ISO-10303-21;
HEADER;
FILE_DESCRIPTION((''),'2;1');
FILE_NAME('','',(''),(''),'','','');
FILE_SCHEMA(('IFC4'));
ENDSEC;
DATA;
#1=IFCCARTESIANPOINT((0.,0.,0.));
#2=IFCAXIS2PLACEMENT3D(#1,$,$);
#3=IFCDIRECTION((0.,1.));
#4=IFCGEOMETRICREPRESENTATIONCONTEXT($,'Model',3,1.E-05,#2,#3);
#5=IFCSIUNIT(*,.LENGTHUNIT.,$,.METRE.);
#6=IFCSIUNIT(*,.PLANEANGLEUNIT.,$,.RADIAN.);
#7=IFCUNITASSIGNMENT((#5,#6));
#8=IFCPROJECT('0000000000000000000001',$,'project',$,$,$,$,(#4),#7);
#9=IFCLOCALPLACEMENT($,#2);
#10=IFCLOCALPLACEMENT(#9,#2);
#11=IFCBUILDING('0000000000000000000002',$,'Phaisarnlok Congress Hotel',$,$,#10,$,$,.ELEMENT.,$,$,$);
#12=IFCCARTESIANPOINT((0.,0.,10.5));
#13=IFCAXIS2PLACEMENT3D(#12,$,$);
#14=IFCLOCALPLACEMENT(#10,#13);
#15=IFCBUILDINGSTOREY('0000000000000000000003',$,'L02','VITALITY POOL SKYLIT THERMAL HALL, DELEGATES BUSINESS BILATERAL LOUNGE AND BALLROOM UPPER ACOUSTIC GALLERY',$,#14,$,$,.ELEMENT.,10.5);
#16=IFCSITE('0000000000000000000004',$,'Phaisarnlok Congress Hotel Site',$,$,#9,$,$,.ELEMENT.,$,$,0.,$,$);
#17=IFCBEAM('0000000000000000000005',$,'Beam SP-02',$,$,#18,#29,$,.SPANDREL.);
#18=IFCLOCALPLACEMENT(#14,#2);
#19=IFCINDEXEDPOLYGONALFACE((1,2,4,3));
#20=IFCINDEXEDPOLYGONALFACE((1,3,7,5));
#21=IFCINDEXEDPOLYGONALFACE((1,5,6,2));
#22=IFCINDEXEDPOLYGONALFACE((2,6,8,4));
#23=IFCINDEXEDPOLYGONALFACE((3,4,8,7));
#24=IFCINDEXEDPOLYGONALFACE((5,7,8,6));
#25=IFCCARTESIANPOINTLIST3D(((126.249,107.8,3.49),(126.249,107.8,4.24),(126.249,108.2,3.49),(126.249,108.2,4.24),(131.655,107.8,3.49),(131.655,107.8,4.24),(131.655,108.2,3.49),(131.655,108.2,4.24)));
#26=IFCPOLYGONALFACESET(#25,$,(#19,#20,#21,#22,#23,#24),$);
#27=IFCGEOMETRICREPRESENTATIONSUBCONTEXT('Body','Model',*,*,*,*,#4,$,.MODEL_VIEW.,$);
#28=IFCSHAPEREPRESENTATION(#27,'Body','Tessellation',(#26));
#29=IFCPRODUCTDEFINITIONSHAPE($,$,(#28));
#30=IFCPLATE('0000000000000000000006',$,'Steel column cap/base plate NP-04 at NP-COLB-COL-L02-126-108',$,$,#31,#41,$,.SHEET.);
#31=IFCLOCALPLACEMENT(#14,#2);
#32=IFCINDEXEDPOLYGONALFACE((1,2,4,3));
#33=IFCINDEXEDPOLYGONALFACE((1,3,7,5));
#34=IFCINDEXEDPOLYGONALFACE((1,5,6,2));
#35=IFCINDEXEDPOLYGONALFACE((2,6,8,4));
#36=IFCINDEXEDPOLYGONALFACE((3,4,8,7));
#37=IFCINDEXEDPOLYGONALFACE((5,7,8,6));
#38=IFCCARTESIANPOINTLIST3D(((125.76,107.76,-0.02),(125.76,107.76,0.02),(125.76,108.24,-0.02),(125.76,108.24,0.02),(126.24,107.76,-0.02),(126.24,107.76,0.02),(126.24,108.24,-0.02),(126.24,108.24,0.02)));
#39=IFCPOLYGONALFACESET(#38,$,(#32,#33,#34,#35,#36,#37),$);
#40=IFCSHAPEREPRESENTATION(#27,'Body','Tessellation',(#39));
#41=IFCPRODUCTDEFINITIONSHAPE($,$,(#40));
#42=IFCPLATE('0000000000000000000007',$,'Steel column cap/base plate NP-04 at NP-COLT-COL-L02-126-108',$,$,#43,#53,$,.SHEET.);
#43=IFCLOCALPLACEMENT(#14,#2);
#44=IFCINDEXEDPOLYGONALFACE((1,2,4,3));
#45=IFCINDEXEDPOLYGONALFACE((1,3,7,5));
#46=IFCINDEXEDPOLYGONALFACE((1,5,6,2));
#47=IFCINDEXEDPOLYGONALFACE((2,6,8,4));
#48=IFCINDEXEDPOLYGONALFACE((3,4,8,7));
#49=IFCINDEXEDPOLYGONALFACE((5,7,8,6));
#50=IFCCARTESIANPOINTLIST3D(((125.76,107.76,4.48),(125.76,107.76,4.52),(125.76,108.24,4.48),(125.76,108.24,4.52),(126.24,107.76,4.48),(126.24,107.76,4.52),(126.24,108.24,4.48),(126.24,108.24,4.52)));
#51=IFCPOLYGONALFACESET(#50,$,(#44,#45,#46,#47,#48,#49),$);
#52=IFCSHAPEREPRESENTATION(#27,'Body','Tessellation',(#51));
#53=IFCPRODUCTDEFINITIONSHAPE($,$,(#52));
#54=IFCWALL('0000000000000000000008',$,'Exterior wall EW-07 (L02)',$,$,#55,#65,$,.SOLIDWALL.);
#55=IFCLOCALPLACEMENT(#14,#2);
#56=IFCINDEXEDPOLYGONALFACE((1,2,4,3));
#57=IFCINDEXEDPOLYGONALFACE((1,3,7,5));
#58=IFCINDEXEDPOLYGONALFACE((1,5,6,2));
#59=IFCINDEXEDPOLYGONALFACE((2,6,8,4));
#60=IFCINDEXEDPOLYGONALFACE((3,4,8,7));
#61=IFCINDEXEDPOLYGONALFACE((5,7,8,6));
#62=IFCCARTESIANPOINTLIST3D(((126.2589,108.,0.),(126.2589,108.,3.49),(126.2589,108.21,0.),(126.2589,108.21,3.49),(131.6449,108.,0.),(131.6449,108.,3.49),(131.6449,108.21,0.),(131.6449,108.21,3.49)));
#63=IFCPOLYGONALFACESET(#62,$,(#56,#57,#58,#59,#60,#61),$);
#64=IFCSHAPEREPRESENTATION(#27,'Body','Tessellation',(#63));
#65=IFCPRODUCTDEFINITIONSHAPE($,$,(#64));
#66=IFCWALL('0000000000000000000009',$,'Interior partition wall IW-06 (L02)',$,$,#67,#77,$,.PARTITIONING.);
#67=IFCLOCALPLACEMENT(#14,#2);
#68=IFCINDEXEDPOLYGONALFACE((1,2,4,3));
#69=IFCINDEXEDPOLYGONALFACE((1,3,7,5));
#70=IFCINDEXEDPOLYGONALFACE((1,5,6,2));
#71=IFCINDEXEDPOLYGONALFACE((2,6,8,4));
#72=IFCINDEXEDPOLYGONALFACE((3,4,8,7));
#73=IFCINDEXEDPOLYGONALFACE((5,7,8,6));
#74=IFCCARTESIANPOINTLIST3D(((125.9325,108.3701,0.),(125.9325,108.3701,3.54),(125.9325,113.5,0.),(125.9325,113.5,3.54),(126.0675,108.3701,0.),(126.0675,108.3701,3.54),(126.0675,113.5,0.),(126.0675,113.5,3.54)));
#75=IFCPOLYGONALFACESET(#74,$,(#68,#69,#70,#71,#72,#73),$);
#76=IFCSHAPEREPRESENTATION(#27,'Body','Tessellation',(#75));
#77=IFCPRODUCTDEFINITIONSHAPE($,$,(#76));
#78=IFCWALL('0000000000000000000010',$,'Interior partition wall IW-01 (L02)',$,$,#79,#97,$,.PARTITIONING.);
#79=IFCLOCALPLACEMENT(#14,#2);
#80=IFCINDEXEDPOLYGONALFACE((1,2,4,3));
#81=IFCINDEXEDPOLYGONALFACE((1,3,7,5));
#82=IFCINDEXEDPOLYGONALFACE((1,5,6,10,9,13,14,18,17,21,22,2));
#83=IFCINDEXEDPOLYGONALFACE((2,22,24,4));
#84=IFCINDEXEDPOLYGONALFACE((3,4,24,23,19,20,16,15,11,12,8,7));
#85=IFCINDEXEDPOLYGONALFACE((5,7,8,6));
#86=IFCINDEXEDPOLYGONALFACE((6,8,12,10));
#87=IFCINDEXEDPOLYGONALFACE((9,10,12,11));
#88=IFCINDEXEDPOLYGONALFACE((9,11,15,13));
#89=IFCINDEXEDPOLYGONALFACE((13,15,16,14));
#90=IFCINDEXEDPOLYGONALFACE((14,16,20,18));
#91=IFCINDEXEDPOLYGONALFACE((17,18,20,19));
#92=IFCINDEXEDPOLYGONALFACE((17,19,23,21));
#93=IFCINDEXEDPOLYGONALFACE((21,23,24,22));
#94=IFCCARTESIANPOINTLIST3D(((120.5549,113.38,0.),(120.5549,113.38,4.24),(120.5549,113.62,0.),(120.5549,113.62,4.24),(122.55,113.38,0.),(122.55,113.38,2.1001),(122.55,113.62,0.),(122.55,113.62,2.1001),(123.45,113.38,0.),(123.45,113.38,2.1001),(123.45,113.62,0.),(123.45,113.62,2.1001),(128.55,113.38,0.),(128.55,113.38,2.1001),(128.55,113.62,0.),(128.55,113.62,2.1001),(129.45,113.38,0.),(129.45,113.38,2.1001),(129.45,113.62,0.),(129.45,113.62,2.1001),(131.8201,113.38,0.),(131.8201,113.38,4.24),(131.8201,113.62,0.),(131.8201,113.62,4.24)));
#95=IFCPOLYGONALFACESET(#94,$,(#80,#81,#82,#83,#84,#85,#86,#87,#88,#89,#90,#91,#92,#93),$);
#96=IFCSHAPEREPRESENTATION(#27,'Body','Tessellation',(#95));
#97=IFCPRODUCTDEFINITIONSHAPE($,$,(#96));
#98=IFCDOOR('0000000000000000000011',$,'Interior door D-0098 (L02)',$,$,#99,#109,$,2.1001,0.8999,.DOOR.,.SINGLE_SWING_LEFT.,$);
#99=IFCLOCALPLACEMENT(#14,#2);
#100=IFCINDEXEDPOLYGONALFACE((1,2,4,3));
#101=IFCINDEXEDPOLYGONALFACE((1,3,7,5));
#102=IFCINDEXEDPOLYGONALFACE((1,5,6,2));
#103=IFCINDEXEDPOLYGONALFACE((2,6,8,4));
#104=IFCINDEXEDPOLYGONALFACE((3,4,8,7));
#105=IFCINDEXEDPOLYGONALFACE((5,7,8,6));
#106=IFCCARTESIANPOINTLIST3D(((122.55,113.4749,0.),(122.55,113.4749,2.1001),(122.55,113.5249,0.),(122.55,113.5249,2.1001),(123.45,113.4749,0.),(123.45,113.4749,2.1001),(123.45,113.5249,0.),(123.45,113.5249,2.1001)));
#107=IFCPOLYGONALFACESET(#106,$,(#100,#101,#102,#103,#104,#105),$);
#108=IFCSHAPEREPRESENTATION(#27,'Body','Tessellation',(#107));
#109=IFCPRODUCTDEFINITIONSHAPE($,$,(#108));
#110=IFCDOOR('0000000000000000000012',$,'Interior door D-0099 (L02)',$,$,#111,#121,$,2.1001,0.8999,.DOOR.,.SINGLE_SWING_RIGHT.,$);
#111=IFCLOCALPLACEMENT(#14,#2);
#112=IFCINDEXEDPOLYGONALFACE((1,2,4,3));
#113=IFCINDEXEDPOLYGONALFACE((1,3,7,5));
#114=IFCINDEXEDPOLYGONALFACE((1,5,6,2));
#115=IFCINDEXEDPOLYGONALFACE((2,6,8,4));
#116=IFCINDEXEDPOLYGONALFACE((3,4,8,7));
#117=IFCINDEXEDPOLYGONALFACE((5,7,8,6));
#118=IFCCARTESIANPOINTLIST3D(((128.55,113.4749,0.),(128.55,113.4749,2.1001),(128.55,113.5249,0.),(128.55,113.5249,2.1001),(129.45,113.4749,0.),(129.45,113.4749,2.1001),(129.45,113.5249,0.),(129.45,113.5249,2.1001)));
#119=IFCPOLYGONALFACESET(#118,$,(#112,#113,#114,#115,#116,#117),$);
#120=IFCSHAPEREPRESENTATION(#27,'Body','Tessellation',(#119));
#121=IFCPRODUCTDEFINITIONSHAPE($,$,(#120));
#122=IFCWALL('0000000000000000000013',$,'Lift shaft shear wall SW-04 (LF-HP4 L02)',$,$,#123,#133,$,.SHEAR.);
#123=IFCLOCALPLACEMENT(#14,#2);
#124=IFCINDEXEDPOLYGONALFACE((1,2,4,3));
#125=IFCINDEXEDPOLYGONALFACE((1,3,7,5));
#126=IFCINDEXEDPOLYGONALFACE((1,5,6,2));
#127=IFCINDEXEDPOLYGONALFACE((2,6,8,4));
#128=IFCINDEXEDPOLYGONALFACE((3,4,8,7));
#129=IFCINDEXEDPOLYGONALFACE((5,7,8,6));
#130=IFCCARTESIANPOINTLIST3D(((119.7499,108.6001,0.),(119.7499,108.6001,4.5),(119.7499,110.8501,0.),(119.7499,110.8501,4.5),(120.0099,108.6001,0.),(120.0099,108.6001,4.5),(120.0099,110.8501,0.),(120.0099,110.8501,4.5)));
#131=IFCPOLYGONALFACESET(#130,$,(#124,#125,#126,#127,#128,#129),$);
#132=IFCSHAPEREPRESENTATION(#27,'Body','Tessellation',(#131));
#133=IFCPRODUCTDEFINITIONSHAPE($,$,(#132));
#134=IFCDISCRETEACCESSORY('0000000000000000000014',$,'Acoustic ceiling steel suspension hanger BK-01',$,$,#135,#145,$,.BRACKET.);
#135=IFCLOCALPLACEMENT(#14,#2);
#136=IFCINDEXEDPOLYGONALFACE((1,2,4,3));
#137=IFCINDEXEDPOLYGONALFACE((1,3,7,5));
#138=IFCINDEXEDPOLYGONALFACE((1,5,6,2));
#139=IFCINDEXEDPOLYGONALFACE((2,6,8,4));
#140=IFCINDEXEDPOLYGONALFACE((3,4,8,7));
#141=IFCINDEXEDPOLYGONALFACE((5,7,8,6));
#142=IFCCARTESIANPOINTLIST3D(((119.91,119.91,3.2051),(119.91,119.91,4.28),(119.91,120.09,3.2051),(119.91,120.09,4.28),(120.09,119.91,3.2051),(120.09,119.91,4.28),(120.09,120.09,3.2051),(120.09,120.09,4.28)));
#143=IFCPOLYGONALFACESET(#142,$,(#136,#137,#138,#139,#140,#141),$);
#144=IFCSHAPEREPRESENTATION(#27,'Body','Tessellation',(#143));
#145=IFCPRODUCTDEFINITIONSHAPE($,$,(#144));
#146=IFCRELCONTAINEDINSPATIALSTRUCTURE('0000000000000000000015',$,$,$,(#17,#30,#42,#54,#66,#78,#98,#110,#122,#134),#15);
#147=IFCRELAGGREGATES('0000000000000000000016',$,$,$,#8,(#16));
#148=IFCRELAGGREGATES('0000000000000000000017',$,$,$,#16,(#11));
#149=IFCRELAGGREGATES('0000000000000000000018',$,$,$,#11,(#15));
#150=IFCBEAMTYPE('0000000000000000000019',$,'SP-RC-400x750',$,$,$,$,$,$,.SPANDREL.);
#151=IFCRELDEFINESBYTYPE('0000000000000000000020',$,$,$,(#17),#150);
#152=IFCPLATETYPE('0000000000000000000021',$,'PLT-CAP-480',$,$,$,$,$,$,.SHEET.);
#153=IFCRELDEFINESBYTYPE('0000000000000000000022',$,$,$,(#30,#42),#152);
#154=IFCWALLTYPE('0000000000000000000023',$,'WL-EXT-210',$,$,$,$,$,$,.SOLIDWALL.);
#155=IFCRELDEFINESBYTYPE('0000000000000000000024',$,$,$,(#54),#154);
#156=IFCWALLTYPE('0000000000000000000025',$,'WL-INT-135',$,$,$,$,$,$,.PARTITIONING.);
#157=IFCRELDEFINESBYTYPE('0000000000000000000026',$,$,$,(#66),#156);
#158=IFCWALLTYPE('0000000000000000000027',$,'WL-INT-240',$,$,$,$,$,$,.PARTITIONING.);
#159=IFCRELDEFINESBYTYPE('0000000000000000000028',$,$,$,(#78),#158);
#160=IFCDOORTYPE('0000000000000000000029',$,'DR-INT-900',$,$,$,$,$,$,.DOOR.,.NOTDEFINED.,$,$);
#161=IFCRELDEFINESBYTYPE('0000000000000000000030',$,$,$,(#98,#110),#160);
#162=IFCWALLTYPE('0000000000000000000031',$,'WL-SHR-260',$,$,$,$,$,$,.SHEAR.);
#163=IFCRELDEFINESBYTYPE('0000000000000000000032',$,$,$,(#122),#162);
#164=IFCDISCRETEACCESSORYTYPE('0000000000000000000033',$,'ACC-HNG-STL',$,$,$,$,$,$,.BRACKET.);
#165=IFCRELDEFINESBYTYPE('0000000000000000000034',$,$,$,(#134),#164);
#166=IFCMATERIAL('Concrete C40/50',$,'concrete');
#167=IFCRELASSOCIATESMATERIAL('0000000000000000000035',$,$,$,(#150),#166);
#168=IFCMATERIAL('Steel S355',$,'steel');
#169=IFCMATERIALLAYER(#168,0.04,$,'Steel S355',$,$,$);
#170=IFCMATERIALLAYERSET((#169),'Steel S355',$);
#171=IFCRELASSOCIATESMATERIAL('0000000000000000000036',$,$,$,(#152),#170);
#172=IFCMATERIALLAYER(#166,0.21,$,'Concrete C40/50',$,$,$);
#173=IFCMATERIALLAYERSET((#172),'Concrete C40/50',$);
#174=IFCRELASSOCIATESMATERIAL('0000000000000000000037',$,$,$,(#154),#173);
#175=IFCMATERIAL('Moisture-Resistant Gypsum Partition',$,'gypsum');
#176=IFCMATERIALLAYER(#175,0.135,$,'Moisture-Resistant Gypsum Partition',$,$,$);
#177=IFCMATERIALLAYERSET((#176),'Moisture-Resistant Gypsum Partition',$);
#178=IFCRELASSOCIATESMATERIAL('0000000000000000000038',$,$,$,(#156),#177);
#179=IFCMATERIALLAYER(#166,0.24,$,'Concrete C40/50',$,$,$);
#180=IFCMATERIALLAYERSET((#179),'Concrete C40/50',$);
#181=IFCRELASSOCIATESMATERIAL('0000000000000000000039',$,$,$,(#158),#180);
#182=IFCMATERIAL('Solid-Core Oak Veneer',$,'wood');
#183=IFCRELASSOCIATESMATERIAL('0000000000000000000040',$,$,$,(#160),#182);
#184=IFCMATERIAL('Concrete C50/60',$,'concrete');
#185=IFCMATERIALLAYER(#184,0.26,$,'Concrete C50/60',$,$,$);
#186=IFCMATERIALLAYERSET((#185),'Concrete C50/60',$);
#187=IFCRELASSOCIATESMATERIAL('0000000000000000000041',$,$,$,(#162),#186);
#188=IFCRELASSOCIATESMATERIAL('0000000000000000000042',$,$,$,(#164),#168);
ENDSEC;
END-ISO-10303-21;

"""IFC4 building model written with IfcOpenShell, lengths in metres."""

from ifc_helpers import new_model, si_unit, direction, frame, frame_2d, origin, origin_2d, place, context, subcontext, project, spatial, rectangle, extrude, material, layer, layer_set, material_profile, profile_set, type_object, element, fill, save


model = new_model("IFC4")

# Units and contexts
model_context = context("Model", 3, precision=1e-05, world=origin(), true_north=direction((0.0, 1.0)))
body_context = subcontext(model_context, "Body", "Model", "MODEL_VIEW")
ifc_project = project(units=[si_unit("LENGTHUNIT", "METRE"), si_unit("PLANEANGLEUNIT", "RADIAN")], contexts=[model_context])

# Site, building, storey
site_placement = place(None, origin())
site = spatial("IfcSite", under=ifc_project, at=site_placement, Name="Phaisarnlok Congress Hotel Site", CompositionType="ELEMENT", RefElevation=0.0)
building_placement = place(site_placement, origin())
building = spatial("IfcBuilding", under=site, at=building_placement, Name="Phaisarnlok Congress Hotel", CompositionType="ELEMENT")
storey_placement = place(building_placement, frame((0.0, 0.0, 10.5)))
storey = spatial("IfcBuildingStorey", under=building, at=storey_placement, Name="L02", Description="VITALITY POOL SKYLIT THERMAL HALL, DELEGATES BUSINESS BILATERAL LOUNGE AND BALLROOM UPPER ACOUSTIC GALLERY", CompositionType="ELEMENT", Elevation=10.5)

# Shared definitions
ifc_material_1 = material(Name="Concrete C50/60", Category="concrete")
ifc_material_2 = material(Name="Steel S355", Category="steel")

# Shared definitions
ifc_material_3 = material(Name="Concrete C40/50", Category="concrete")

# Beam
ifc_material_profile_1 = material_profile(ifc_material_3, rectangle(XDim=0.3999, YDim=0.75, at=origin_2d()), Name="RC 400x750")
ifc_profile_set_1 = profile_set([ifc_material_profile_1], Name="Concrete C40/50")
beam_type_1 = type_object("IfcBeamType", Name="SP-RC-400x750", PredefinedType="SPANDREL", material=ifc_profile_set_1)
beam_1_placement = place(storey_placement, frame((126.249, 108.0, 3.865), z_axis=(1.0, 0.0, 0.0), x_axis=(0.0, 1.0, 0.0)))
element("IfcBeam", 1, at=beam_1_placement, inside=storey, type_object=beam_type_1, Name="Beam SP-02", PredefinedType="SPANDREL", context=body_context, shape_type="SweptSolid", body=[
    extrude(rectangle(XDim=0.3999, YDim=0.75, at=origin_2d()), origin(), (0.0, 0.0, 1.0), 5.406),
])

# Plates
ifc_layer_1 = layer(ifc_material_2, 0.04, Name="Steel S355")
ifc_layer_set_1 = layer_set([ifc_layer_1], Name="Steel S355")
plate_type = type_object("IfcPlateType", Name="PLT-CAP-480", PredefinedType="SHEET", material=ifc_layer_set_1)
for number, where, z_axis, x_axis, name in (
    (2, (126.0, 108.0, -0.02), (0.0, 0.0, 1.0), (1.0, 0.0, 0.0), "Steel column cap/base plate NP-04 at NP-COLB-COL-L02-126-108"),
    (3, (126.0, 108.0, 4.48), (0.0, 0.0, 1.0), (1.0, 0.0, 0.0), "Steel column cap/base plate NP-04 at NP-COLT-COL-L02-126-108"),
):
    element("IfcPlate", number, at=place(storey_placement, frame(where, z_axis=z_axis, x_axis=x_axis)), inside=storey, type_object=plate_type, Name=name, PredefinedType="SHEET", context=body_context, shape_type="SweptSolid", body=[
        extrude(rectangle(XDim=0.48, YDim=0.48, at=origin_2d()), origin(), (0.0, 0.0, 1.0), 0.04),
    ])

# Walls
ifc_layer_2 = layer(ifc_material_3, 0.21, Name="Concrete C40/50")
ifc_layer_set_2 = layer_set([ifc_layer_2], Name="Concrete C40/50")
wall_type_1 = type_object("IfcWallType", Name="WL-EXT-210", PredefinedType="SOLIDWALL", material=ifc_layer_set_2)
wall_1_placement = place(storey_placement, frame((126.259, 108.105, 0.0), z_axis=(0.0, 0.0, 1.0), x_axis=(1.0, 0.0, 0.0)))
element("IfcWall", 4, at=wall_1_placement, inside=storey, type_object=wall_type_1, Name="Exterior wall EW-07 (L02)", PredefinedType="SOLIDWALL", context=body_context, shape_type="SweptSolid", body=[
    extrude(rectangle(XDim=5.386, YDim=0.21, at=frame_2d((2.6929, 0.0))), origin(), (0.0, 0.0, 1.0), 3.49),
])
ifc_material_4 = material(Name="Moisture-Resistant Gypsum Partition", Category="gypsum")
ifc_layer_3 = layer(ifc_material_4, 0.135, Name="Moisture-Resistant Gypsum Partition")
ifc_layer_set_3 = layer_set([ifc_layer_3], Name="Moisture-Resistant Gypsum Partition")
wall_type_2 = type_object("IfcWallType", Name="WL-INT-135", PredefinedType="PARTITIONING", material=ifc_layer_set_3)
wall_2_placement = place(storey_placement, frame((126.0, 108.3701, 0.0), z_axis=(0.0, 0.0, 1.0), x_axis=(0.0, 1.0, 0.0)))
element("IfcWall", 5, at=wall_2_placement, inside=storey, type_object=wall_type_2, Name="Interior partition wall IW-06 (L02)", PredefinedType="PARTITIONING", context=body_context, shape_type="SweptSolid", body=[
    extrude(rectangle(XDim=5.1299, YDim=0.135, at=frame_2d((2.5649, 0.0))), origin(), (0.0, 0.0, 1.0), 3.54),
])

# Wall, openings, doors
ifc_layer_4 = layer(ifc_material_3, 0.24, Name="Concrete C40/50")
ifc_layer_set_4 = layer_set([ifc_layer_4], Name="Concrete C40/50")
wall_type_3 = type_object("IfcWallType", Name="WL-INT-240", PredefinedType="PARTITIONING", material=ifc_layer_set_4)
wall_3_placement = place(storey_placement, frame((120.5549, 113.5, 0.0), z_axis=(0.0, 0.0, 1.0), x_axis=(1.0, 0.0, 0.0)))
wall_3 = element("IfcWall", 6, at=wall_3_placement, inside=storey, type_object=wall_type_3, Name="Interior partition wall IW-01 (L02)", PredefinedType="PARTITIONING", context=body_context, shape_type="SweptSolid", body=[
    extrude(rectangle(XDim=11.2651, YDim=0.24, at=frame_2d((5.6326, 0.0))), origin(), (0.0, 0.0, 1.0), 4.24),
])
opening_1_placement = place(wall_3_placement, frame((1.9951, 0.0, 0.0)))
opening_1 = element("IfcOpeningElement", 7, at=opening_1_placement, cuts=wall_3, PredefinedType="OPENING", context=body_context, shape_type="SweptSolid", body=[
    extrude(rectangle(XDim=0.8999, YDim=2.1001, at=frame_2d((0.45, 1.05))), frame((0.0, 0.1299, 0.0), z_axis=(0.0, -1.0, 0.0), x_axis=(1.0, 0.0, 0.0)), (0.0, 0.0, 1.0), 0.26),
])
opening_2_placement = place(wall_3_placement, frame((7.9951, 0.0, 0.0)))
opening_2 = element("IfcOpeningElement", 8, at=opening_2_placement, cuts=wall_3, PredefinedType="OPENING", context=body_context, shape_type="SweptSolid", body=[
    extrude(rectangle(XDim=0.8999, YDim=2.1001, at=frame_2d((0.45, 1.05))), frame((0.0, 0.1299, 0.0), z_axis=(0.0, -1.0, 0.0), x_axis=(1.0, 0.0, 0.0)), (0.0, 0.0, 1.0), 0.26),
])
ifc_material_5 = material(Name="Solid-Core Oak Veneer", Category="wood")
door_type = type_object("IfcDoorType", Name="DR-INT-900", OperationType="NOTDEFINED", PredefinedType="DOOR", material=ifc_material_5)
door_1_placement = place(opening_1_placement, origin())
door_1 = element("IfcDoor", 9, at=door_1_placement, inside=storey, type_object=door_type, Name="Interior door D-0098 (L02)", OperationType="SINGLE_SWING_LEFT", OverallHeight=2.1001, OverallWidth=0.8999, PredefinedType="DOOR", context=body_context, shape_type="SweptSolid", body=[
    extrude(rectangle(XDim=0.8999, YDim=2.1001, at=frame_2d((0.45, 1.05))), frame((0.0, 0.0249, 0.0), z_axis=(0.0, -1.0, 0.0), x_axis=(1.0, 0.0, 0.0)), (0.0, 0.0, 1.0), 0.05),
])
fill(opening_1, door_1)
door_2_placement = place(opening_2_placement, origin())
door_2 = element("IfcDoor", 10, at=door_2_placement, inside=storey, type_object=door_type, Name="Interior door D-0099 (L02)", OperationType="SINGLE_SWING_RIGHT", OverallHeight=2.1001, OverallWidth=0.8999, PredefinedType="DOOR", context=body_context, shape_type="SweptSolid", body=[
    extrude(rectangle(XDim=0.8999, YDim=2.1001, at=frame_2d((0.45, 1.05))), frame((0.0, 0.0249, 0.0), z_axis=(0.0, -1.0, 0.0), x_axis=(1.0, 0.0, 0.0)), (0.0, 0.0, 1.0), 0.05),
])
fill(opening_2, door_2)

# Wall
ifc_layer_5 = layer(ifc_material_1, 0.26, Name="Concrete C50/60")
ifc_layer_set_5 = layer_set([ifc_layer_5], Name="Concrete C50/60")
wall_type_4 = type_object("IfcWallType", Name="WL-SHR-260", PredefinedType="SHEAR", material=ifc_layer_set_5)
wall_4_placement = place(storey_placement, frame((119.8799, 108.6001, 0.0), z_axis=(0.0, 0.0, 1.0), x_axis=(0.0, 1.0, 0.0)))
element("IfcWall", 11, at=wall_4_placement, inside=storey, type_object=wall_type_4, Name="Lift shaft shear wall SW-04 (LF-HP4 L02)", PredefinedType="SHEAR", context=body_context, shape_type="SweptSolid", body=[
    extrude(rectangle(XDim=2.25, YDim=0.26, at=frame_2d((1.125, 0.0))), origin(), (0.0, 0.0, 1.0), 4.5),
])

# Discrete accessory
discrete_accessory_type = type_object("IfcDiscreteAccessoryType", Name="ACC-HNG-STL", PredefinedType="BRACKET", material=ifc_material_2)
discrete_accessory_placement = place(storey_placement, frame((120.0, 120.0, 3.2051), z_axis=(0.0, 0.0, 1.0), x_axis=(1.0, 0.0, 0.0)))
element("IfcDiscreteAccessory", 12, at=discrete_accessory_placement, inside=storey, type_object=discrete_accessory_type, Name="Acoustic ceiling steel suspension hanger BK-01", PredefinedType="BRACKET", context=body_context, shape_type="SweptSolid", body=[
    extrude(rectangle(XDim=0.1799, YDim=0.1799, at=origin_2d()), origin(), (0.0, 0.0, 1.0), 1.075),
])

save(model, "model.ifc")
